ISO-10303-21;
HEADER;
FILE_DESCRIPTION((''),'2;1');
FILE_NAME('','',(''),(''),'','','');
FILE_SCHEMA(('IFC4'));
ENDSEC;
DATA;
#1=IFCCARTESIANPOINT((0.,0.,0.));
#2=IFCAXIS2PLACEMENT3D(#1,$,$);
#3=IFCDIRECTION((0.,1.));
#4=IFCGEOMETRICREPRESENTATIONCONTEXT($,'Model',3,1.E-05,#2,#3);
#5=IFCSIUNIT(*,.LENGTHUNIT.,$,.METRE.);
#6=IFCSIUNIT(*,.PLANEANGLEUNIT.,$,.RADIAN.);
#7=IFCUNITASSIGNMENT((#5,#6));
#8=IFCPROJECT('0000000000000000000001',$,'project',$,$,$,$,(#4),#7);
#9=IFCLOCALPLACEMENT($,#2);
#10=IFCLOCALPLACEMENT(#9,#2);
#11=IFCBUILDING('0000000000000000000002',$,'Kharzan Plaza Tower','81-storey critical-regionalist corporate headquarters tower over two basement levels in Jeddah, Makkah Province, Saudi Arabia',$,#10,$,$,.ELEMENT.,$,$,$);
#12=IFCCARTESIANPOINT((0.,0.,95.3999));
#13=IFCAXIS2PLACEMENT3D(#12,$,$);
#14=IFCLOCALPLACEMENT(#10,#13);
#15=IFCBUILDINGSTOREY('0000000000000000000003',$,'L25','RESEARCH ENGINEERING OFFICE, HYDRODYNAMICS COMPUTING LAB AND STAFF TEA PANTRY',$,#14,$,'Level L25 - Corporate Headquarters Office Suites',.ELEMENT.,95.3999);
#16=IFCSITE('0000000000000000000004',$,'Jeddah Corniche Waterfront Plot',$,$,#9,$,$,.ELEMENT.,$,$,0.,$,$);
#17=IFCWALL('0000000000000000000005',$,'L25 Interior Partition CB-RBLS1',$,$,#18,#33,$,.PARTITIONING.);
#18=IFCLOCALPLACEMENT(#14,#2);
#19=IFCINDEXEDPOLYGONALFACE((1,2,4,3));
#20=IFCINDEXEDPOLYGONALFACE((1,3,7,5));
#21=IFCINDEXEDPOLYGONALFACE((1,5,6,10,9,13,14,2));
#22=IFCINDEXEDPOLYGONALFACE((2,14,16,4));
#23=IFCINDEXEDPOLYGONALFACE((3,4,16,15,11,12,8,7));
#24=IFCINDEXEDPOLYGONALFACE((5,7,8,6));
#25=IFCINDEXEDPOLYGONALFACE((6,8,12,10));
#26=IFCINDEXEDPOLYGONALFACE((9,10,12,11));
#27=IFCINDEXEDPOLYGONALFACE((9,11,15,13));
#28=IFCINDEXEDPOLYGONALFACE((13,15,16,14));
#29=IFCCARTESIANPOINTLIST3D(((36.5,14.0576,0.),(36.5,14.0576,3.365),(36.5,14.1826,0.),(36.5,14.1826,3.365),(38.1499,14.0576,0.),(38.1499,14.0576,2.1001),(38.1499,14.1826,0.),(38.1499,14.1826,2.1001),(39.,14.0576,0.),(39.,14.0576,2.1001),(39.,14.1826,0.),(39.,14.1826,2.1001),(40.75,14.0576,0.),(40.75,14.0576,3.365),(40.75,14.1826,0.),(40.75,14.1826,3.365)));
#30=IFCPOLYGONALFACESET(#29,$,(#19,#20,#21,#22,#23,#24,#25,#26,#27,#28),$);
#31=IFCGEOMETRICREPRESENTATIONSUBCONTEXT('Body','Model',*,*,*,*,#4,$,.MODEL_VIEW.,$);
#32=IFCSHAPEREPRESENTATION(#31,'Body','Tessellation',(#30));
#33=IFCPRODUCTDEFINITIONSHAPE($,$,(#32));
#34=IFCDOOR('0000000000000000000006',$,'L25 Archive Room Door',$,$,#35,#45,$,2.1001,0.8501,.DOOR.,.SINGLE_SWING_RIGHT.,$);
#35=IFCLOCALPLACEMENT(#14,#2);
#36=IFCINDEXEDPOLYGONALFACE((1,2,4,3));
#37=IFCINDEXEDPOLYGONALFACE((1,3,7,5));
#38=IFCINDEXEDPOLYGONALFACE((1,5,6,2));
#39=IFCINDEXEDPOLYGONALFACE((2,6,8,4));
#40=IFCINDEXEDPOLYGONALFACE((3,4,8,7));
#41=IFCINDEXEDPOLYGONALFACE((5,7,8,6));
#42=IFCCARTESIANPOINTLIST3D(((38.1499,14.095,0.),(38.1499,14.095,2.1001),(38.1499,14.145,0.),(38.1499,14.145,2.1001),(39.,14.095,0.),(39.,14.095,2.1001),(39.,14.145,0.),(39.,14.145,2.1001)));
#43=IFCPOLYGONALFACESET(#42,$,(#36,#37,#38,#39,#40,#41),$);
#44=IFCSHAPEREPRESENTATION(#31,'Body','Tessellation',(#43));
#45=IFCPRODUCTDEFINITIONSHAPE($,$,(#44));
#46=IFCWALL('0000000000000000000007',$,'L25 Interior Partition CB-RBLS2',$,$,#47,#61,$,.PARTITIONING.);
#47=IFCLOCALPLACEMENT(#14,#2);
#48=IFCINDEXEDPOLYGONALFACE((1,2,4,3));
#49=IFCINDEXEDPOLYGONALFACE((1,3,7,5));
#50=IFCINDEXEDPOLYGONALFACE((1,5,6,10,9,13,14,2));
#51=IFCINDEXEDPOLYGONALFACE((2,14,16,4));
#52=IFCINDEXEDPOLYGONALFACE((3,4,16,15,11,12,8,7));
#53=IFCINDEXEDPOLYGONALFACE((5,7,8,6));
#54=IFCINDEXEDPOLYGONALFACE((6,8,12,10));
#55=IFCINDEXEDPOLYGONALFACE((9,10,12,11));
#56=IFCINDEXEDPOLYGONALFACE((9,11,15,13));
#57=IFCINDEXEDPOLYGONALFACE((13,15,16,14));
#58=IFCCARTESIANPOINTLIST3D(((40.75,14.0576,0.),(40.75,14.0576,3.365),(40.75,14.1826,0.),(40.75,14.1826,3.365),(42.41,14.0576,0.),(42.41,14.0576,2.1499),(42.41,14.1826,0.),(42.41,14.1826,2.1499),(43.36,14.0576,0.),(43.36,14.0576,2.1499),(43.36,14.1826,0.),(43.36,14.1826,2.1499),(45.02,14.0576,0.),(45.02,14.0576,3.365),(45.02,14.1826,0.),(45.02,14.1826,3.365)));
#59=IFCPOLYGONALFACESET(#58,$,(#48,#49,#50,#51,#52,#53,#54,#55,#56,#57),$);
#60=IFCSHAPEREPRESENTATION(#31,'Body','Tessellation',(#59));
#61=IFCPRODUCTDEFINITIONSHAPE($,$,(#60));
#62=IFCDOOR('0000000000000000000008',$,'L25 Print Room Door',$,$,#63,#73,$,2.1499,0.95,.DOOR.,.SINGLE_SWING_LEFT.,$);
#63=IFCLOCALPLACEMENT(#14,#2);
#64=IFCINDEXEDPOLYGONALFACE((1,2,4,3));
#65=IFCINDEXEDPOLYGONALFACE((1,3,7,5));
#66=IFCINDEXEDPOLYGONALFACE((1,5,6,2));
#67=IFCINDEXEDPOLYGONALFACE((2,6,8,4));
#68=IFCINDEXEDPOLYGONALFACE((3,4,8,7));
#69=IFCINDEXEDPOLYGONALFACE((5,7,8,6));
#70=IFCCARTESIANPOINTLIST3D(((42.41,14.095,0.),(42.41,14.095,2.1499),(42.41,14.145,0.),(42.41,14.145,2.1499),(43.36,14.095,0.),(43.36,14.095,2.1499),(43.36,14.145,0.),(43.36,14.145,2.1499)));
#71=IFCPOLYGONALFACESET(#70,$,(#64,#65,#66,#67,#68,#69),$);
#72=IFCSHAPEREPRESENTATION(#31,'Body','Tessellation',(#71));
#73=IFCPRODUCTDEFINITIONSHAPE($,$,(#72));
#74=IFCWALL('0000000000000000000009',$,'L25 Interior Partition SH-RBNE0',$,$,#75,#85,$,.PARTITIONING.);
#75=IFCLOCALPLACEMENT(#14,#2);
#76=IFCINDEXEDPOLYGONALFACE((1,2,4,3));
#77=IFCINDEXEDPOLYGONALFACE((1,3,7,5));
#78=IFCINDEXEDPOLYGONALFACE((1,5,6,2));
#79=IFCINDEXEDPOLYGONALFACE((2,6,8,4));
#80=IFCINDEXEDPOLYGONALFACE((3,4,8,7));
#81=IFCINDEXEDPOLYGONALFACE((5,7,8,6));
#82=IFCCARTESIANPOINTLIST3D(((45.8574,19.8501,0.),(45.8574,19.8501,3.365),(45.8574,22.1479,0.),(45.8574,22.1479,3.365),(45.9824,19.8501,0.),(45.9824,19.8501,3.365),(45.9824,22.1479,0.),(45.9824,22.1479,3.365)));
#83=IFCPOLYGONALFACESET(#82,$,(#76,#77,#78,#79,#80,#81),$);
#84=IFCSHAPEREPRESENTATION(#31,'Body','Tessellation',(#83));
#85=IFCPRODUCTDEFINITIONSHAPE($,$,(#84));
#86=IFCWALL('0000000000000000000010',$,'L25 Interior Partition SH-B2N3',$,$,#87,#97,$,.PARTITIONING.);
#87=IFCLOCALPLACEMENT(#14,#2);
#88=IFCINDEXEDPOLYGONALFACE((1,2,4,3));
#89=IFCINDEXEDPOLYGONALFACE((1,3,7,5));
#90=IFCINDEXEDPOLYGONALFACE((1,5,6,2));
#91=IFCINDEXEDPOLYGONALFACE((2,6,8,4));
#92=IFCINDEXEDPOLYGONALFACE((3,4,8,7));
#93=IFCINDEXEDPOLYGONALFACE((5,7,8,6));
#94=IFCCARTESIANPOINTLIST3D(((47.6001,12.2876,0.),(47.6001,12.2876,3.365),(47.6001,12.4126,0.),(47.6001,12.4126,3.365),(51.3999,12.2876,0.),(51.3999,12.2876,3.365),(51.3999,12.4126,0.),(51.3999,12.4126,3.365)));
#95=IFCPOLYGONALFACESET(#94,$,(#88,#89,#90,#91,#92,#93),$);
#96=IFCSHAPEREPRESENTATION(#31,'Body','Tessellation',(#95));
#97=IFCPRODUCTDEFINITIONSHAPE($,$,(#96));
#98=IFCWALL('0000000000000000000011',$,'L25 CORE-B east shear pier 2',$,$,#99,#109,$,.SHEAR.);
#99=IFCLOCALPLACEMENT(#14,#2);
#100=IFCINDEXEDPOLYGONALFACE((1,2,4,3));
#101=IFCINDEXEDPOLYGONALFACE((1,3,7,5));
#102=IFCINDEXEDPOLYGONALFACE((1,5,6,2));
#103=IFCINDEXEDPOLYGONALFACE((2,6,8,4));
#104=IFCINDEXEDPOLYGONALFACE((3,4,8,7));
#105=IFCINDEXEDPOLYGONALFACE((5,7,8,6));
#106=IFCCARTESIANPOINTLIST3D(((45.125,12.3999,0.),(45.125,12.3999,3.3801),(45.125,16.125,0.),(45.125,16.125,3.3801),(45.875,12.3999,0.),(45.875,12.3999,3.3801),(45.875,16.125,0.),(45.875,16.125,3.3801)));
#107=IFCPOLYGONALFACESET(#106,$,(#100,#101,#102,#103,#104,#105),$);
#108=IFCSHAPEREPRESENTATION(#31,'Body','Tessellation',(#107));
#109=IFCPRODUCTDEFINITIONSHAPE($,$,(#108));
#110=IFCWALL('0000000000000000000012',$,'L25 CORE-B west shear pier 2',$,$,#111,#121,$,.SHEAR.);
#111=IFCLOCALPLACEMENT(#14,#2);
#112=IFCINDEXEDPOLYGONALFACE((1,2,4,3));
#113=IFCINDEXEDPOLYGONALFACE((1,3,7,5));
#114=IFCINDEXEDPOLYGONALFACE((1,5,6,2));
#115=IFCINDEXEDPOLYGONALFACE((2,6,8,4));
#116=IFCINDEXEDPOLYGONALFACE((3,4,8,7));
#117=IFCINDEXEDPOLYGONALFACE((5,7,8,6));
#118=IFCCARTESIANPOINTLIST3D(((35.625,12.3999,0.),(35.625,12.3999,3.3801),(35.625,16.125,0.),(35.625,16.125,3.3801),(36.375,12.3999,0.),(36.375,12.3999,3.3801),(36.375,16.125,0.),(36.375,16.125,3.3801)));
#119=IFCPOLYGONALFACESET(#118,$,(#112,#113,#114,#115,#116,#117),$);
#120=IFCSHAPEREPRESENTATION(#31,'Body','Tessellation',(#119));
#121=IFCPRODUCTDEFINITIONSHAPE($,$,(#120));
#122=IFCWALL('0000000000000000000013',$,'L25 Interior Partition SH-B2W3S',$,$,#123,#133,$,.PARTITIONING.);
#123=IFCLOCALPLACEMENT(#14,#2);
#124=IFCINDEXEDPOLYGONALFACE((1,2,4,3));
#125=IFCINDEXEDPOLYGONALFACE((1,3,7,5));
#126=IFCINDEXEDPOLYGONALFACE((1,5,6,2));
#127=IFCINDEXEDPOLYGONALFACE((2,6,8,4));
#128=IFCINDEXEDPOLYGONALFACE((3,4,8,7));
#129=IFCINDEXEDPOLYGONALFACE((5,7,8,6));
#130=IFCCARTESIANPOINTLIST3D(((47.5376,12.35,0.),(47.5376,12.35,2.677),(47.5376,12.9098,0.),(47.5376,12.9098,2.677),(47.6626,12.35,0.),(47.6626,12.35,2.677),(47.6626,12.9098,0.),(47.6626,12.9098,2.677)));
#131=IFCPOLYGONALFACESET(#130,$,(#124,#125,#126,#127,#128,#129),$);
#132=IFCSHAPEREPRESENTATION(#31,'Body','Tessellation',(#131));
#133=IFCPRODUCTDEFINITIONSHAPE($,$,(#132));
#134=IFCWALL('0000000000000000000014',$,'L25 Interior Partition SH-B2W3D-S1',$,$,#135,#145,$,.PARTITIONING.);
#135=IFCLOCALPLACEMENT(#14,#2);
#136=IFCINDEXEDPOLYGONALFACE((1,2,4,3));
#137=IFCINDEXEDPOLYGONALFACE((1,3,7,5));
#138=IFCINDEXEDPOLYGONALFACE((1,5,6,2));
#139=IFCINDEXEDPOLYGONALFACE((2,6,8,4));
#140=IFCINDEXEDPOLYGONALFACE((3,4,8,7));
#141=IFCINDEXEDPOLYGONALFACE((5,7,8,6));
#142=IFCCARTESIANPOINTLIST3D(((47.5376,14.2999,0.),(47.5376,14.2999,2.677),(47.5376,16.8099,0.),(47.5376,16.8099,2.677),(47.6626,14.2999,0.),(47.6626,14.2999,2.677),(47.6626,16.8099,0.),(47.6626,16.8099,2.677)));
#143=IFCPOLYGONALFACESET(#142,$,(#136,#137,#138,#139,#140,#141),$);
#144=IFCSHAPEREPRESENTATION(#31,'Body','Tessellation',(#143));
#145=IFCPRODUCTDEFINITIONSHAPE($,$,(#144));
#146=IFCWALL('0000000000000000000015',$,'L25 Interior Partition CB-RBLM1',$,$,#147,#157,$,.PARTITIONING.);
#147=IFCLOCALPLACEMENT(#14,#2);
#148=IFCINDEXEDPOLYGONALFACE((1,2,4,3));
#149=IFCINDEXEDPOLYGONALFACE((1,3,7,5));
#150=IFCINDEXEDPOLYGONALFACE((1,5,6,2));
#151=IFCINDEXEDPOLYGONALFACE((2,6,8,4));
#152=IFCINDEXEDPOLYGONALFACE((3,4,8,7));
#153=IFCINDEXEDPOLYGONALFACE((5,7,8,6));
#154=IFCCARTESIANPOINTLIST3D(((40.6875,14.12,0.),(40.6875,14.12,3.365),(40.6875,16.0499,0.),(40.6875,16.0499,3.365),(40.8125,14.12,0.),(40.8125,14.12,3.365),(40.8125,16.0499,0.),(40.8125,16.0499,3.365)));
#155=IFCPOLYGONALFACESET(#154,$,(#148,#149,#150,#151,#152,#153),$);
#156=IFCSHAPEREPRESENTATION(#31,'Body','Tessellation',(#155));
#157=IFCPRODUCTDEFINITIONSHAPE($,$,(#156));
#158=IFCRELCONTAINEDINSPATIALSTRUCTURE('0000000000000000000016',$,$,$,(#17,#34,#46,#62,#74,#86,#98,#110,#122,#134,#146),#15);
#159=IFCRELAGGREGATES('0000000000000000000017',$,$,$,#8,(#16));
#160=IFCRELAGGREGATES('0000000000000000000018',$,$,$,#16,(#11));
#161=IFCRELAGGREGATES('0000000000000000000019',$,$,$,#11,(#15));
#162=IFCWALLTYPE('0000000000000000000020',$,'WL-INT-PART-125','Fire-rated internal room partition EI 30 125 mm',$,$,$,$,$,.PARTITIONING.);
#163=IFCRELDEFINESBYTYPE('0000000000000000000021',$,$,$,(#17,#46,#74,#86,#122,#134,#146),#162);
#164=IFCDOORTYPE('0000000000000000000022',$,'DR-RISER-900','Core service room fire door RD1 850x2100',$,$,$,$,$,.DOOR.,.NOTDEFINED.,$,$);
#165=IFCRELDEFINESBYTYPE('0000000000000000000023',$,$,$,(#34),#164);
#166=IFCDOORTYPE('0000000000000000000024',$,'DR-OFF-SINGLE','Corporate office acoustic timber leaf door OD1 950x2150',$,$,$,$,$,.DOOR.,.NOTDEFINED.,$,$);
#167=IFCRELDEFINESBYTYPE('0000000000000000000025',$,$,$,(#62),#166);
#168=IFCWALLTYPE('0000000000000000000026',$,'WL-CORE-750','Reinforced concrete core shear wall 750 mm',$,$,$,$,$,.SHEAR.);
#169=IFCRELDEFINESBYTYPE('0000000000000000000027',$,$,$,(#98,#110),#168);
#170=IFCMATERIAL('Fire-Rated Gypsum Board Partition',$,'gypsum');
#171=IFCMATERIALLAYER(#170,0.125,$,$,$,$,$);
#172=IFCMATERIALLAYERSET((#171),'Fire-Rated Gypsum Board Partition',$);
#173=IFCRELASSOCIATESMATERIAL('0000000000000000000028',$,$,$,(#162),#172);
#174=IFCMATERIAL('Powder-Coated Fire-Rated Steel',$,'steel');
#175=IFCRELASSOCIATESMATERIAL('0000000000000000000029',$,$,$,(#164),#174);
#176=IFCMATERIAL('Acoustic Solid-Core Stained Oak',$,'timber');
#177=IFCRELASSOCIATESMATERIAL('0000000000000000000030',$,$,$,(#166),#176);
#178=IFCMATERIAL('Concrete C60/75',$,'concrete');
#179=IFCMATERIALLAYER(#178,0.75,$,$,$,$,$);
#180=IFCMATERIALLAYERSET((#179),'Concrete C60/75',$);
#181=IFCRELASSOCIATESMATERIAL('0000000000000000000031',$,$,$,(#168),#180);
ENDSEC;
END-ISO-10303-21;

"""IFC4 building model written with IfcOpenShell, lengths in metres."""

from ifc_helpers import new_model, si_unit, direction, frame, frame_2d, origin, place, context, subcontext, project, spatial, rectangle, extrude, source, transform, mapped, material, layer, layer_set, type_object, element, fill, save


model = new_model("IFC4")

# Units and contexts
model_context = context("Model", 3, precision=1e-05, world=origin(), true_north=direction((0.0, 1.0)))
body_context = subcontext(model_context, "Body", "Model", "MODEL_VIEW")
ifc_project = project(units=[si_unit("LENGTHUNIT", "METRE"), si_unit("PLANEANGLEUNIT", "RADIAN")], contexts=[model_context])

# Site, building, storey
site_placement = place(None, origin())
site = spatial("IfcSite", under=ifc_project, at=site_placement, Name="Jeddah Corniche Waterfront Plot", CompositionType="ELEMENT", RefElevation=0.0)
building_placement = place(site_placement, origin())
building = spatial("IfcBuilding", under=site, at=building_placement, Name="Kharzan Plaza Tower", Description="81-storey critical-regionalist corporate headquarters tower over two basement levels in Jeddah, Makkah Province, Saudi Arabia", CompositionType="ELEMENT")
storey_placement = place(building_placement, frame((0.0, 0.0, 95.3999)))
storey = spatial("IfcBuildingStorey", under=building, at=storey_placement, Name="L25", Description="RESEARCH ENGINEERING OFFICE, HYDRODYNAMICS COMPUTING LAB AND STAFF TEA PANTRY", LongName="Level L25 - Corporate Headquarters Office Suites", CompositionType="ELEMENT", Elevation=95.3999)

# Shared definitions
ifc_material_1 = material(Name="Concrete C60/75", Category="concrete")

# Walls, openings, doors
ifc_material_2 = material(Name="Fire-Rated Gypsum Board Partition", Category="gypsum")
ifc_layer_1 = layer(ifc_material_2, 0.125)
ifc_layer_set_1 = layer_set([ifc_layer_1], Name="Fire-Rated Gypsum Board Partition")
wall_type_1 = type_object("IfcWallType", Name="WL-INT-PART-125", Description="Fire-rated internal room partition EI 30 125 mm", PredefinedType="PARTITIONING", material=ifc_layer_set_1)
wall_1_placement = place(storey_placement, frame((36.5, 14.1201, 0.0), z_axis=(0.0, 0.0, 1.0), x_axis=(1.0, 0.0, 0.0)))
wall_1 = element("IfcWall", 1, at=wall_1_placement, inside=storey, type_object=wall_type_1, Name="L25 Interior Partition CB-RBLS1", PredefinedType="PARTITIONING", context=body_context, shape_type="SweptSolid", body=[
    extrude(rectangle(XDim=4.25, YDim=0.125, at=frame_2d((2.125, 0.0))), origin(), (0.0, 0.0, 1.0), 3.365),
])
opening_1_placement = place(wall_1_placement, frame((1.6499, 0.0, 0.0)))
opening_1 = element("IfcOpeningElement", 2, at=opening_1_placement, cuts=wall_1, PredefinedType="OPENING", context=body_context, shape_type="SweptSolid", body=[
    extrude(rectangle(XDim=0.8501, YDim=2.1001, at=frame_2d((0.425, 1.05))), frame((0.0, 0.0725, 0.0), z_axis=(0.0, -1.0, 0.0), x_axis=(1.0, 0.0, 0.0)), (0.0, 0.0, 1.0), 0.145),
])
ifc_material_3 = material(Name="Powder-Coated Fire-Rated Steel", Category="steel")
door_type_1 = type_object("IfcDoorType", Name="DR-RISER-900", Description="Core service room fire door RD1 850x2100", OperationType="NOTDEFINED", PredefinedType="DOOR", material=ifc_material_3)
shared_shape_1 = source(origin(), body_context, "Body", "SweptSolid", [
    extrude(rectangle(XDim=0.8501, YDim=2.1001, at=frame_2d((0.425, 1.05))), frame((0.0, 0.0249, 0.0), z_axis=(0.0, -1.0, 0.0), x_axis=(1.0, 0.0, 0.0)), (0.0, 0.0, 1.0), 0.05),
])
door_1_placement = place(opening_1_placement, origin())
door_1 = element("IfcDoor", 3, at=door_1_placement, inside=storey, type_object=door_type_1, Name="L25 Archive Room Door", OperationType="SINGLE_SWING_RIGHT", OverallHeight=2.1001, OverallWidth=0.8501, PredefinedType="DOOR", context=body_context, shape_type="MappedRepresentation", body=[
    mapped(shared_shape_1, transform((0.0, 0.0, 0.0), x_axis=(1.0, 0.0, 0.0), y_axis=(0.0, 1.0, 0.0), z_axis=(0.0, 0.0, 1.0))),
])
fill(opening_1, door_1)
wall_2_placement = place(storey_placement, frame((40.75, 14.1201, 0.0), z_axis=(0.0, 0.0, 1.0), x_axis=(1.0, 0.0, 0.0)))
wall_2 = element("IfcWall", 4, at=wall_2_placement, inside=storey, type_object=wall_type_1, Name="L25 Interior Partition CB-RBLS2", PredefinedType="PARTITIONING", context=body_context, shape_type="SweptSolid", body=[
    extrude(rectangle(XDim=4.27, YDim=0.125, at=frame_2d((2.135, 0.0))), origin(), (0.0, 0.0, 1.0), 3.365),
])
opening_2_placement = place(wall_2_placement, frame((1.6599, 0.0, 0.0)))
opening_2 = element("IfcOpeningElement", 5, at=opening_2_placement, cuts=wall_2, PredefinedType="OPENING", context=body_context, shape_type="SweptSolid", body=[
    extrude(rectangle(XDim=0.95, YDim=2.1499, at=frame_2d((0.4751, 1.075))), frame((0.0, 0.0725, 0.0), z_axis=(0.0, -1.0, 0.0), x_axis=(1.0, 0.0, 0.0)), (0.0, 0.0, 1.0), 0.145),
])
ifc_material_4 = material(Name="Acoustic Solid-Core Stained Oak", Category="timber")
door_type_2 = type_object("IfcDoorType", Name="DR-OFF-SINGLE", Description="Corporate office acoustic timber leaf door OD1 950x2150", OperationType="NOTDEFINED", PredefinedType="DOOR", material=ifc_material_4)
shared_shape_2 = source(origin(), body_context, "Body", "SweptSolid", [
    extrude(rectangle(XDim=0.95, YDim=2.1499, at=frame_2d((0.4751, 1.075))), frame((0.0, 0.0249, 0.0), z_axis=(0.0, -1.0, 0.0), x_axis=(1.0, 0.0, 0.0)), (0.0, 0.0, 1.0), 0.05),
])
door_2_placement = place(opening_2_placement, origin())
door_2 = element("IfcDoor", 6, at=door_2_placement, inside=storey, type_object=door_type_2, Name="L25 Print Room Door", OperationType="SINGLE_SWING_LEFT", OverallHeight=2.1499, OverallWidth=0.95, PredefinedType="DOOR", context=body_context, shape_type="MappedRepresentation", body=[
    mapped(shared_shape_2, transform((0.0, 0.0, 0.0), x_axis=(1.0, 0.0, 0.0), y_axis=(0.0, 1.0, 0.0), z_axis=(0.0, 0.0, 1.0))),
])
fill(opening_2, door_2)

# Walls
shared_shape_3 = source(origin(), body_context, "Body", "SweptSolid", [
    extrude(rectangle(XDim=2.2979, YDim=0.125, at=frame_2d((1.1489, 0.0))), origin(), (0.0, 0.0, 1.0), 3.365),
])
wall_3_placement = place(storey_placement, frame((45.9199, 19.8501, 0.0), z_axis=(0.0, 0.0, 1.0), x_axis=(0.0, 1.0, 0.0)))
element("IfcWall", 7, at=wall_3_placement, inside=storey, type_object=wall_type_1, Name="L25 Interior Partition SH-RBNE0", PredefinedType="PARTITIONING", context=body_context, shape_type="MappedRepresentation", body=[
    mapped(shared_shape_3, transform((0.0, 0.0, 0.0), x_axis=(1.0, 0.0, 0.0), y_axis=(0.0, 1.0, 0.0), z_axis=(0.0, 0.0, 1.0))),
])
shared_shape_4 = source(origin(), body_context, "Body", "SweptSolid", [
    extrude(rectangle(XDim=3.7998, YDim=0.125, at=frame_2d((1.8999, 0.0))), origin(), (0.0, 0.0, 1.0), 3.365),
])
wall_4_placement = place(storey_placement, frame((47.6001, 12.3501, 0.0), z_axis=(0.0, 0.0, 1.0), x_axis=(1.0, 0.0, 0.0)))
element("IfcWall", 8, at=wall_4_placement, inside=storey, type_object=wall_type_1, Name="L25 Interior Partition SH-B2N3", PredefinedType="PARTITIONING", context=body_context, shape_type="MappedRepresentation", body=[
    mapped(shared_shape_4, transform((0.0, 0.0, 0.0), x_axis=(1.0, 0.0, 0.0), y_axis=(0.0, 1.0, 0.0), z_axis=(0.0, 0.0, 1.0))),
])
ifc_layer_2 = layer(ifc_material_1, 0.75)
ifc_layer_set_2 = layer_set([ifc_layer_2], Name="Concrete C60/75")
wall_type_2 = type_object("IfcWallType", Name="WL-CORE-750", Description="Reinforced concrete core shear wall 750 mm", PredefinedType="SHEAR", material=ifc_layer_set_2)
shared_shape_5 = source(origin(), body_context, "Body", "SweptSolid", [
    extrude(rectangle(XDim=3.7251, YDim=0.75, at=frame_2d((1.8625, 0.0))), origin(), (0.0, 0.0, 1.0), 3.3801),
])
for number, where, z_axis, x_axis, name in (
    (9, (45.5, 12.3999, 0.0), (0.0, 0.0, 1.0), (0.0, 1.0, 0.0), "L25 CORE-B east shear pier 2"),
    (10, (36.0, 12.3999, 0.0), (0.0, 0.0, 1.0), (0.0, 1.0, 0.0), "L25 CORE-B west shear pier 2"),
):
    element("IfcWall", number, at=place(storey_placement, frame(where, z_axis=z_axis, x_axis=x_axis)), inside=storey, type_object=wall_type_2, Name=name, PredefinedType="SHEAR", context=body_context, shape_type="MappedRepresentation", body=[
        mapped(shared_shape_5, transform((0.0, 0.0, 0.0), x_axis=(1.0, 0.0, 0.0), y_axis=(0.0, 1.0, 0.0), z_axis=(0.0, 0.0, 1.0))),
    ])
shared_shape_6 = source(origin(), body_context, "Body", "SweptSolid", [
    extrude(rectangle(XDim=0.5598, YDim=0.125, at=frame_2d((0.2798, 0.0))), origin(), (0.0, 0.0, 1.0), 2.677),
])
wall_5_placement = place(storey_placement, frame((47.6001, 12.3501, 0.0), z_axis=(0.0, 0.0, 1.0), x_axis=(0.0, 1.0, 0.0)))
element("IfcWall", 11, at=wall_5_placement, inside=storey, type_object=wall_type_1, Name="L25 Interior Partition SH-B2W3S", PredefinedType="PARTITIONING", context=body_context, shape_type="MappedRepresentation", body=[
    mapped(shared_shape_6, transform((0.0, 0.0, 0.0), x_axis=(1.0, 0.0, 0.0), y_axis=(0.0, 1.0, 0.0), z_axis=(0.0, 0.0, 1.0))),
])
shared_shape_7 = source(origin(), body_context, "Body", "SweptSolid", [
    extrude(rectangle(XDim=2.51, YDim=0.125, at=frame_2d((1.2549, 0.0))), origin(), (0.0, 0.0, 1.0), 2.677),
])
wall_6_placement = place(storey_placement, frame((47.6001, 14.3, 0.0), z_axis=(0.0, 0.0, 1.0), x_axis=(0.0, 1.0, 0.0)))
element("IfcWall", 12, at=wall_6_placement, inside=storey, type_object=wall_type_1, Name="L25 Interior Partition SH-B2W3D-S1", PredefinedType="PARTITIONING", context=body_context, shape_type="MappedRepresentation", body=[
    mapped(shared_shape_7, transform((0.0, 0.0, 0.0), x_axis=(1.0, 0.0, 0.0), y_axis=(0.0, 1.0, 0.0), z_axis=(0.0, 0.0, 1.0))),
])
shared_shape_8 = source(origin(), body_context, "Body", "SweptSolid", [
    extrude(rectangle(XDim=1.9299, YDim=0.125, at=frame_2d((0.9648, 0.0))), origin(), (0.0, 0.0, 1.0), 3.365),
])
wall_7_placement = place(storey_placement, frame((40.75, 14.1201, 0.0), z_axis=(0.0, 0.0, 1.0), x_axis=(0.0, 1.0, 0.0)))
element("IfcWall", 13, at=wall_7_placement, inside=storey, type_object=wall_type_1, Name="L25 Interior Partition CB-RBLM1", PredefinedType="PARTITIONING", context=body_context, shape_type="MappedRepresentation", body=[
    mapped(shared_shape_8, transform((0.0, 0.0, 0.0), x_axis=(1.0, 0.0, 0.0), y_axis=(0.0, 1.0, 0.0), z_axis=(0.0, 0.0, 1.0))),
])

save(model, "model.ifc")
